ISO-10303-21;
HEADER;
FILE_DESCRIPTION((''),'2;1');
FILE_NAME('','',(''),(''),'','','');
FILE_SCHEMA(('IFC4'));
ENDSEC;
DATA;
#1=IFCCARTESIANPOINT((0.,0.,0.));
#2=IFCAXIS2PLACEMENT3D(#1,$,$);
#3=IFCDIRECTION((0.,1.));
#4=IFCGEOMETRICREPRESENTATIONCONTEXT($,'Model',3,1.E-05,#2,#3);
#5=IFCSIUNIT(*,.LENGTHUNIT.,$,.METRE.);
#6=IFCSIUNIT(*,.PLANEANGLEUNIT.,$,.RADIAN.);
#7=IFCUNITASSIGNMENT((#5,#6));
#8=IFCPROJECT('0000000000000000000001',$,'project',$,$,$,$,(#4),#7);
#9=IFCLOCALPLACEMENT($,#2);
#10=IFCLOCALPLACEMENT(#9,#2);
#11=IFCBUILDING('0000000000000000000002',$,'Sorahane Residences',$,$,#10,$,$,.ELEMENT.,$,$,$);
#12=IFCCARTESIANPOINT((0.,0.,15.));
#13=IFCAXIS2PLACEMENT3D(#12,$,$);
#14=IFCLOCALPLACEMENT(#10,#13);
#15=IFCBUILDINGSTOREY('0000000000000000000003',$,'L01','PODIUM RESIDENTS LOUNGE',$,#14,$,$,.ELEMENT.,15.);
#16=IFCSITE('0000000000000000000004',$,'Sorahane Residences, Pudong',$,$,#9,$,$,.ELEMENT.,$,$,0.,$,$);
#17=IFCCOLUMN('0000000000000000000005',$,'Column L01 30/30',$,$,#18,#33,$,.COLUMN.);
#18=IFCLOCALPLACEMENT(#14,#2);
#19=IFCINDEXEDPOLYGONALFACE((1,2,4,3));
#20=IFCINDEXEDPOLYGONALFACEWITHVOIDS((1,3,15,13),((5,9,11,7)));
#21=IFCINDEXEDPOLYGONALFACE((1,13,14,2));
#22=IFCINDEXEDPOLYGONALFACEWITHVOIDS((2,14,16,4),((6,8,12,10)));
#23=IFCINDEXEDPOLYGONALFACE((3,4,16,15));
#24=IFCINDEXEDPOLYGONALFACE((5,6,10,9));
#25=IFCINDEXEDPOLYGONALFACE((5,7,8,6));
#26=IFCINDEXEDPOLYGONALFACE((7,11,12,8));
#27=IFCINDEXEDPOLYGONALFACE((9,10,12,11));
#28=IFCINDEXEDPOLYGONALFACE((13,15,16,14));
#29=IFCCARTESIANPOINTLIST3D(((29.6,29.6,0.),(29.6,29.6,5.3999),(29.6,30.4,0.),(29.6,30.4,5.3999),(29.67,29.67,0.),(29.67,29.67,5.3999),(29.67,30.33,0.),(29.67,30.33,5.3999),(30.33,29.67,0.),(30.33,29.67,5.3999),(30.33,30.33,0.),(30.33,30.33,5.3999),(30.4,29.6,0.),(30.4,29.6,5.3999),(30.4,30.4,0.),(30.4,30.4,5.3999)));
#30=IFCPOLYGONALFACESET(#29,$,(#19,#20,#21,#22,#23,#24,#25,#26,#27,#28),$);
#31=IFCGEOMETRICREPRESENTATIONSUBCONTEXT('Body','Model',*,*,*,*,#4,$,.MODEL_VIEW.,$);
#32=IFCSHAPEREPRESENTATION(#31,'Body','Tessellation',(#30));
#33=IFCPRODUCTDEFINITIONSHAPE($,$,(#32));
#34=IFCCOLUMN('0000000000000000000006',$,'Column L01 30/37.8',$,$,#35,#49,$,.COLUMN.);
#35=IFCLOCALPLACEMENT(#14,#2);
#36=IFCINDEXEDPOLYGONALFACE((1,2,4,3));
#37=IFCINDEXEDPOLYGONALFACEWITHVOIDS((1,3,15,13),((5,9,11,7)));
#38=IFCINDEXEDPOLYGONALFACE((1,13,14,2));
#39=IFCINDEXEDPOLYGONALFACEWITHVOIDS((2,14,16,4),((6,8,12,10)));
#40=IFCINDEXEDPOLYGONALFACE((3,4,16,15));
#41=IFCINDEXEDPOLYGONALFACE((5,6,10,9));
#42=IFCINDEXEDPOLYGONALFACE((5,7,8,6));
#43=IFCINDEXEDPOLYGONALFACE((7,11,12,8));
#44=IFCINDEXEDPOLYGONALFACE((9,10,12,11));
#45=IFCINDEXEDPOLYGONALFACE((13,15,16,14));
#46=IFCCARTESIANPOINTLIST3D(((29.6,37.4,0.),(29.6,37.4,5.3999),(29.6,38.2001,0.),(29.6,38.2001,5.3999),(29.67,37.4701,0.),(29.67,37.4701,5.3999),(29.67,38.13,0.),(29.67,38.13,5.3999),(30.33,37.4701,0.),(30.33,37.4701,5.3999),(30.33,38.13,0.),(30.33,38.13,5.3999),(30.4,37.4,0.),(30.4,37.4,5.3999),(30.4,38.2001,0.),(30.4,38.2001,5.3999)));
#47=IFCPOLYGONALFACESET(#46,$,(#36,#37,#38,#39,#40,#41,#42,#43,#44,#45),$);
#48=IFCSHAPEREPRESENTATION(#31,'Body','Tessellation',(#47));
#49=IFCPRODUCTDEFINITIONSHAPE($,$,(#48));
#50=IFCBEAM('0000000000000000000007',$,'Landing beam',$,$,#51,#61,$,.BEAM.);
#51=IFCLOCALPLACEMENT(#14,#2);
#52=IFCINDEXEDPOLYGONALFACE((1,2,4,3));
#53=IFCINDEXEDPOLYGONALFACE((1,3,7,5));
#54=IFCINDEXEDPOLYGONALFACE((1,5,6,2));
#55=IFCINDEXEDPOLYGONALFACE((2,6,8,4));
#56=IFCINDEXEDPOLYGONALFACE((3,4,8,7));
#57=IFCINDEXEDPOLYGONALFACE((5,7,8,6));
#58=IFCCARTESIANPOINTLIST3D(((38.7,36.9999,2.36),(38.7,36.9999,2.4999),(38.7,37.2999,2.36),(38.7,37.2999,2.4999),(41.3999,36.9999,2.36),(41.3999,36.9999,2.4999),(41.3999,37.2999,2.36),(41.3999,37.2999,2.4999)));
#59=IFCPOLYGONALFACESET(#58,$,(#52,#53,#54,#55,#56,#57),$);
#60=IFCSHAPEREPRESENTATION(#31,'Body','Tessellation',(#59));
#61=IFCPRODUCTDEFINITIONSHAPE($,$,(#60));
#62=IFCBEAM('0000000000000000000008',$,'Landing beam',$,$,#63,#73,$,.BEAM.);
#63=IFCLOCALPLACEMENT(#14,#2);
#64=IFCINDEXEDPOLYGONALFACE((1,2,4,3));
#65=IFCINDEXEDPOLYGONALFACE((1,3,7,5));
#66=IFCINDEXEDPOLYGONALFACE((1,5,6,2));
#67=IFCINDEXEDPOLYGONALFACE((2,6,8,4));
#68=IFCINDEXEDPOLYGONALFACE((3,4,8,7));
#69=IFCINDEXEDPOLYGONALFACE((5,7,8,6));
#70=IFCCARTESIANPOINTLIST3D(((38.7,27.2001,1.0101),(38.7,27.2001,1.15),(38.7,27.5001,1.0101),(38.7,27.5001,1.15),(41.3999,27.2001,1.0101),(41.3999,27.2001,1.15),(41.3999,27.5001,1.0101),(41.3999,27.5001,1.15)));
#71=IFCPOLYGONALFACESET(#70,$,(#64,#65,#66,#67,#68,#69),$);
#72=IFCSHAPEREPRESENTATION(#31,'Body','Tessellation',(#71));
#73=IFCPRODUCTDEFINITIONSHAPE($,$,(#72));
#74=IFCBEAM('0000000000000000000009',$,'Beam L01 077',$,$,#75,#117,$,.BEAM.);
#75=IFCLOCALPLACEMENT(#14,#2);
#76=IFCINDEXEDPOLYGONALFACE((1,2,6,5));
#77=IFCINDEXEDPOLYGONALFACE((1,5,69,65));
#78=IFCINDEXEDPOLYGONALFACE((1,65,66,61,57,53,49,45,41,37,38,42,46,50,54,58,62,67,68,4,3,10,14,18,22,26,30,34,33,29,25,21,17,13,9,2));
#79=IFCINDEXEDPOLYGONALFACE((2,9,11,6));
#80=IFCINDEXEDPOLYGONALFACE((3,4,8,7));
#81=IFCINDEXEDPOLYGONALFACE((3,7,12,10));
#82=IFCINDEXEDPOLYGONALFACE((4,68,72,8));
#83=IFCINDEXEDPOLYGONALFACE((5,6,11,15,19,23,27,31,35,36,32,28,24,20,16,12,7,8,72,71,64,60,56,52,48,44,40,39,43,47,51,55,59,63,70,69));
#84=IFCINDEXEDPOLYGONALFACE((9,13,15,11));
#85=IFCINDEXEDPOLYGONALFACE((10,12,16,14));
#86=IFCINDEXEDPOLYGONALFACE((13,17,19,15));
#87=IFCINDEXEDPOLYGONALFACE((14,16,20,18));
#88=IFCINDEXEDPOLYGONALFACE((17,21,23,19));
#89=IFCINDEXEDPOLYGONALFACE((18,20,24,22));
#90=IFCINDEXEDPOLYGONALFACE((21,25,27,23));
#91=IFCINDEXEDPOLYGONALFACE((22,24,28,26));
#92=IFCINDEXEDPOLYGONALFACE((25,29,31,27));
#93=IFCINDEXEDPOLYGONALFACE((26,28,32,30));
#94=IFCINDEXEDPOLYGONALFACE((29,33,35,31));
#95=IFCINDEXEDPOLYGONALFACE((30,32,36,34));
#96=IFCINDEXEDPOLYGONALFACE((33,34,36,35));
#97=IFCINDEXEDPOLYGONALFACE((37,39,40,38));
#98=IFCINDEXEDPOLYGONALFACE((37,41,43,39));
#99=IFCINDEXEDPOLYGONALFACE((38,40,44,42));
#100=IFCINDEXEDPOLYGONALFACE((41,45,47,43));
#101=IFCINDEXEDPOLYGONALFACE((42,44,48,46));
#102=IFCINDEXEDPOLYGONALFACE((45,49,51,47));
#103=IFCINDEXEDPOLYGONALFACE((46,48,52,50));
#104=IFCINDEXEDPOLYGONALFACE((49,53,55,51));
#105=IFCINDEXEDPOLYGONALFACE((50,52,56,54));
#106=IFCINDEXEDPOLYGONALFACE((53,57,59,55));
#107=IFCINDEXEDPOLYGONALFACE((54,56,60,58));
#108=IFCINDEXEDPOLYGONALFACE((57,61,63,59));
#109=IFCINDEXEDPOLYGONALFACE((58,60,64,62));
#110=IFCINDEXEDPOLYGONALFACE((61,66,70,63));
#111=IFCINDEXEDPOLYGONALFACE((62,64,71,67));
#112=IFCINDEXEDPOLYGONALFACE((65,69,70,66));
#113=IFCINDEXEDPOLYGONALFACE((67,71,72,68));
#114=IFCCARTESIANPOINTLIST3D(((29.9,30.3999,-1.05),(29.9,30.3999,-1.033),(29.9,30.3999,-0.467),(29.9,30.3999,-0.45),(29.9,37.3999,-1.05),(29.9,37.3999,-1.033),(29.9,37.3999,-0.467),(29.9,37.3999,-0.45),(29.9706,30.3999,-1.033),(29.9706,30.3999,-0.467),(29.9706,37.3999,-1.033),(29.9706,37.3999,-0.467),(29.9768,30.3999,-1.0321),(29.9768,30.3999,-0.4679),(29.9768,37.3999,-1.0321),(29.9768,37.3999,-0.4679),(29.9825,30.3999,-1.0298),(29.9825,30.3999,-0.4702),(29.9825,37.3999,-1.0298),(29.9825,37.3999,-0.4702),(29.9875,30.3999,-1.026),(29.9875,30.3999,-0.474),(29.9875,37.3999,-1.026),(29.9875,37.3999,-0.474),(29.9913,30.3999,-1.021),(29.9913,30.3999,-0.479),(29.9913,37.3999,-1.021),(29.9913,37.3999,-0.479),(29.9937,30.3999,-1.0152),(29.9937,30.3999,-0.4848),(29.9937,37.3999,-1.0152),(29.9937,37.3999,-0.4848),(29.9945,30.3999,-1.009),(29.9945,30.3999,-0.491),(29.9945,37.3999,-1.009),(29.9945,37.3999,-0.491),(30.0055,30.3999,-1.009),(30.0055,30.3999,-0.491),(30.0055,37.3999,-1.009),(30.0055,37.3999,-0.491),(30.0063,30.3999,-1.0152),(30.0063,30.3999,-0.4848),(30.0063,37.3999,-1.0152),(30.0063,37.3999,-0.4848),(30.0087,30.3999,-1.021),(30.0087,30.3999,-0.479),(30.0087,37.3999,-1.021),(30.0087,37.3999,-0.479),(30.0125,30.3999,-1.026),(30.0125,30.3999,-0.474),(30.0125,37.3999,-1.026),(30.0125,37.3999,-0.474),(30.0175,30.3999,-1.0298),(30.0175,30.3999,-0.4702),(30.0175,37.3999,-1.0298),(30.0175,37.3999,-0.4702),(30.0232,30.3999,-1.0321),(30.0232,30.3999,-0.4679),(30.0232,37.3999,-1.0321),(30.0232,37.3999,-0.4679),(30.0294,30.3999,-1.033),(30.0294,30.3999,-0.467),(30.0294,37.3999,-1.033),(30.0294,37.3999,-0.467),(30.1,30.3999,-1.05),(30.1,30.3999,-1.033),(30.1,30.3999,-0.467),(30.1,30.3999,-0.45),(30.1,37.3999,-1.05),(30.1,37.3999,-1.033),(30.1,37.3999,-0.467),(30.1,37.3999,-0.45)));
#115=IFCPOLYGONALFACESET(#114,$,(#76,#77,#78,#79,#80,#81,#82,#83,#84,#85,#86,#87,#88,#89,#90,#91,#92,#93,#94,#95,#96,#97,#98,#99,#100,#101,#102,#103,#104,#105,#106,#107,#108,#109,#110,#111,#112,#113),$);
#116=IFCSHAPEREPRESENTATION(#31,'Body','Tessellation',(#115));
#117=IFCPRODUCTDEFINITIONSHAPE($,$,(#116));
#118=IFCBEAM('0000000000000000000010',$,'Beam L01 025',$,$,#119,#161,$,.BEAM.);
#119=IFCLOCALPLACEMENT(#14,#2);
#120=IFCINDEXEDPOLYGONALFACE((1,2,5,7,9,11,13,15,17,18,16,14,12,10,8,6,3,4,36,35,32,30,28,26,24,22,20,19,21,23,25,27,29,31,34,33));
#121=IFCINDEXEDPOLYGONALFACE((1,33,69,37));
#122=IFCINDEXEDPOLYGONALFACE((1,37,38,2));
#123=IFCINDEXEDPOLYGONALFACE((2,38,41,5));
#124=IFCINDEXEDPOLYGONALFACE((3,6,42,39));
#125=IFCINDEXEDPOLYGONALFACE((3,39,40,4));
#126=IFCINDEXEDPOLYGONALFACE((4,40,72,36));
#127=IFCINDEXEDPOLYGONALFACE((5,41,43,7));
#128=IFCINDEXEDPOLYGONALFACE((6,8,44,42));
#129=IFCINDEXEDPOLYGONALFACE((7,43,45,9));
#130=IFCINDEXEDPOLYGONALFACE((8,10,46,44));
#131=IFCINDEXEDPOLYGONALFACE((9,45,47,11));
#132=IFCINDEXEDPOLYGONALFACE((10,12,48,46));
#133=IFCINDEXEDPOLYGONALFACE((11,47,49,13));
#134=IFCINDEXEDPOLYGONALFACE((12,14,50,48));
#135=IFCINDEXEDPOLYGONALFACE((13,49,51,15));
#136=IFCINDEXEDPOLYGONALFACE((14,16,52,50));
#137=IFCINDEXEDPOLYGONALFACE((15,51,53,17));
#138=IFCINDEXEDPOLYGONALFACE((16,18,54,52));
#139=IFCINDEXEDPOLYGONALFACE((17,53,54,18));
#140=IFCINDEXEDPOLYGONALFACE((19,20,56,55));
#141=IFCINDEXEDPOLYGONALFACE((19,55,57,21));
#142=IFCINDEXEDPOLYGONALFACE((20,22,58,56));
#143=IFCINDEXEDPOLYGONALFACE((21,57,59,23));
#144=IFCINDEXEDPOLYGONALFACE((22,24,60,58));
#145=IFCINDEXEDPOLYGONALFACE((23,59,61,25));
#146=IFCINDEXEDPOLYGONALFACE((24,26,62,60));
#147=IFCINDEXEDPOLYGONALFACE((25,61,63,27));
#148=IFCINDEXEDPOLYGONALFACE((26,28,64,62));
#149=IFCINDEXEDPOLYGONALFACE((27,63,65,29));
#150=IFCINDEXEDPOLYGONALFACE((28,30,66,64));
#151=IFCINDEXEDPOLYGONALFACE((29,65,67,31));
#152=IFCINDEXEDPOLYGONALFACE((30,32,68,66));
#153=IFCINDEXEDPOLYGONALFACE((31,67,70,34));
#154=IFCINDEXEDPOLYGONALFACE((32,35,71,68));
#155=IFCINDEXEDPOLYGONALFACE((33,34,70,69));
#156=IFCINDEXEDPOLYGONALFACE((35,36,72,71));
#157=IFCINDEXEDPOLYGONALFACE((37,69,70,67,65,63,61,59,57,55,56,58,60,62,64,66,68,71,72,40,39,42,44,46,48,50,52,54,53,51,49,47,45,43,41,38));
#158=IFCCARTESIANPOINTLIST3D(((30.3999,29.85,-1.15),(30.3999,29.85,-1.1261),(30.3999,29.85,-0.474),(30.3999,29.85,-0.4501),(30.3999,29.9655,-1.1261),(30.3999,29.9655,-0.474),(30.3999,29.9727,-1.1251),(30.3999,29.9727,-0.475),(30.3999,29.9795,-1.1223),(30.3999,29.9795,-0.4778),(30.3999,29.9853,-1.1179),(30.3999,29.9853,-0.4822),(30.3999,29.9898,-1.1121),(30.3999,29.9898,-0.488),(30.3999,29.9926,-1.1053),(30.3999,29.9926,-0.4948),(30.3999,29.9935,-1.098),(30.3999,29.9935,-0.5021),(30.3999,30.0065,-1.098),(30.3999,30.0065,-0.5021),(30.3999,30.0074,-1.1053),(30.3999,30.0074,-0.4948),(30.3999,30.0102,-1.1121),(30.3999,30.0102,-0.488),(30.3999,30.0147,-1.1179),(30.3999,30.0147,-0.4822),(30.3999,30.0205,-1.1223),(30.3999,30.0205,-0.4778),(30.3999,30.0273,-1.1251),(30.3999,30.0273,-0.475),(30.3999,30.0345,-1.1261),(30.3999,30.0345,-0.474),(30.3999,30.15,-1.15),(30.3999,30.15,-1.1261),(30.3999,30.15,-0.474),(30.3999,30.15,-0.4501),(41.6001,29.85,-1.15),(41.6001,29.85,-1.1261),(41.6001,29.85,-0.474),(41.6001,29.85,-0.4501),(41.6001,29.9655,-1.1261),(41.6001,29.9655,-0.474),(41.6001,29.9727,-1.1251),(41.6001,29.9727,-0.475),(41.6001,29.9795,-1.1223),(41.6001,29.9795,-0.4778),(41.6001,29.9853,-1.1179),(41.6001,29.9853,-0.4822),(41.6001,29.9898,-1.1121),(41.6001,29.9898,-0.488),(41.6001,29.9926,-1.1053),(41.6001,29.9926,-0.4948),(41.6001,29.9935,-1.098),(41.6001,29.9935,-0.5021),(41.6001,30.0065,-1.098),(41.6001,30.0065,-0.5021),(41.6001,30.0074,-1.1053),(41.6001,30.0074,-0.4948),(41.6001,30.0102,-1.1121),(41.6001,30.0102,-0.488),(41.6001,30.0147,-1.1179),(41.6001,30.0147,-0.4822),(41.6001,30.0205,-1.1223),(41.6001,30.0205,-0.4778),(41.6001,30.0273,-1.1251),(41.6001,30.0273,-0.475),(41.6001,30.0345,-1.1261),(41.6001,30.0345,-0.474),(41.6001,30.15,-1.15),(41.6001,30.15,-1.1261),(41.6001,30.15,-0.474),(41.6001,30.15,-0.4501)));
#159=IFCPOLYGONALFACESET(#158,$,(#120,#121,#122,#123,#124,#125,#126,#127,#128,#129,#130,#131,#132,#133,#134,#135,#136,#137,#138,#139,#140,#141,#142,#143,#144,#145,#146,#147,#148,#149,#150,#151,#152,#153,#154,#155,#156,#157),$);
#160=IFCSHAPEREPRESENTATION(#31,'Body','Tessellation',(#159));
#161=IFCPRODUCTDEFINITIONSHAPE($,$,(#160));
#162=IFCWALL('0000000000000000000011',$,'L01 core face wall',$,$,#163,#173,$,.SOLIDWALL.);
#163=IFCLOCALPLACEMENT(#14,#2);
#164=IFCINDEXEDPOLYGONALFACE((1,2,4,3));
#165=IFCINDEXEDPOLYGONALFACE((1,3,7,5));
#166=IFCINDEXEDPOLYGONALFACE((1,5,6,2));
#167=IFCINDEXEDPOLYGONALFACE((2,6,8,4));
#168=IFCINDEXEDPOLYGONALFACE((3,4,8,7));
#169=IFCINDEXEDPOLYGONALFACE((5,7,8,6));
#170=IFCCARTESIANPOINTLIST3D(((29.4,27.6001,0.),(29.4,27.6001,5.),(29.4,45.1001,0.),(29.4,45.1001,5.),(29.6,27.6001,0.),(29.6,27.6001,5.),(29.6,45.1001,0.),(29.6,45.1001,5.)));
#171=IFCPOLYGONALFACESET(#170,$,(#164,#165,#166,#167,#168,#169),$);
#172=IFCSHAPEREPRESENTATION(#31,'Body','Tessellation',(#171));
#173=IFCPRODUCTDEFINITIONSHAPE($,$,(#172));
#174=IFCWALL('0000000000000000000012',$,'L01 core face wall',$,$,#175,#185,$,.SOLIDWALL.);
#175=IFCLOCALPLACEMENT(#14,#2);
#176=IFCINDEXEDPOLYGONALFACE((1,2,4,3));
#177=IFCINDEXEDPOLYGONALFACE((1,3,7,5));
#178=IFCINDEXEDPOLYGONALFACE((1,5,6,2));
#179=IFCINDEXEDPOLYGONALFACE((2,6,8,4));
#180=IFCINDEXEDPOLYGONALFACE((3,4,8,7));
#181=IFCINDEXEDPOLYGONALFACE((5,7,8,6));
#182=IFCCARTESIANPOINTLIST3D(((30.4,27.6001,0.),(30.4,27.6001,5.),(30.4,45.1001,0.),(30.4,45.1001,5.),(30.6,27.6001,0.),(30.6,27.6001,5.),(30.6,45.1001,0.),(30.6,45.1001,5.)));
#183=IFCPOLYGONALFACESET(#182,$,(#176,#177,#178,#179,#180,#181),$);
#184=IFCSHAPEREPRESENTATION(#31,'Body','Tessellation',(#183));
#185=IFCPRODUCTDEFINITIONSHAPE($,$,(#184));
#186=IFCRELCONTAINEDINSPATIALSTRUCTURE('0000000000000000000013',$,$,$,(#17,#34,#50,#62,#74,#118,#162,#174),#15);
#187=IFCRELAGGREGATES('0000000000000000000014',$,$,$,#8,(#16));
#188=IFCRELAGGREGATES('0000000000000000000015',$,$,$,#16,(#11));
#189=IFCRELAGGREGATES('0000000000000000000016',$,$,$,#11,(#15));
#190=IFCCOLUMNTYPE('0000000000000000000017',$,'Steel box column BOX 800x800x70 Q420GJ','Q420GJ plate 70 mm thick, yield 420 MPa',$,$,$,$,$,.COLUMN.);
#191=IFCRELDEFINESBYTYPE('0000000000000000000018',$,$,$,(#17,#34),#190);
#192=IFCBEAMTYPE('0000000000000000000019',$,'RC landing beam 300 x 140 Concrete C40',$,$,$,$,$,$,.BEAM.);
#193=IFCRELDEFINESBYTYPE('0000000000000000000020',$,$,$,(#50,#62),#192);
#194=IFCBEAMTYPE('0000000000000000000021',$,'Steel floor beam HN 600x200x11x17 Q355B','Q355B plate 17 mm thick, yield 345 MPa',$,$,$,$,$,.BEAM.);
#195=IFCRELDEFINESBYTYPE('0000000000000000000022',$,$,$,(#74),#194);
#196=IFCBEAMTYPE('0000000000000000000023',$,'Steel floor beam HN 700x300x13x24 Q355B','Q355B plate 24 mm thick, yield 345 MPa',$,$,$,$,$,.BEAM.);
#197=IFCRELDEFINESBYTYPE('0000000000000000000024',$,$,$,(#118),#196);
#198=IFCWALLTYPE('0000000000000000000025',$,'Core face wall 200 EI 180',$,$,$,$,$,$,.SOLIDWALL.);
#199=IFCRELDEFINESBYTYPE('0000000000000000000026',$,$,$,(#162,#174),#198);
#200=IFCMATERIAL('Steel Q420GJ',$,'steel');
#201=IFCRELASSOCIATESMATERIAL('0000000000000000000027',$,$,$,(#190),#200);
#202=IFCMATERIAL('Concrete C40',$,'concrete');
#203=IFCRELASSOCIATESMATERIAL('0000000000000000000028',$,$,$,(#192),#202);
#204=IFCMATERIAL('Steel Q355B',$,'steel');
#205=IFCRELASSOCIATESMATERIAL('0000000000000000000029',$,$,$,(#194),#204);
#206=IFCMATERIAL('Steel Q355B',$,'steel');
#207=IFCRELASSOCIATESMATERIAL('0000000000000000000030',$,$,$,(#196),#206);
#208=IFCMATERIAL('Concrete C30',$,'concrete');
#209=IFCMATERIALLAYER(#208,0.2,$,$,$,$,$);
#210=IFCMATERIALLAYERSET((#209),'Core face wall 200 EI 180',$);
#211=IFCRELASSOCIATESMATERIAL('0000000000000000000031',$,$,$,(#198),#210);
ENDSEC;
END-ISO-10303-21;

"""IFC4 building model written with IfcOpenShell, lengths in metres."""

from ifc_helpers import new_model, si_unit, direction, frame, frame_2d, origin, origin_2d, place, context, subcontext, project, spatial, rectangle, hollow_rectangle, i_section, extrude, material, layer, layer_set, material_profile, profile_set, type_object, element, save


model = new_model("IFC4")

# Units and contexts
model_context = context("Model", 3, precision=1e-05, world=origin(), true_north=direction((0.0, 1.0)))
body_context = subcontext(model_context, "Body", "Model", "MODEL_VIEW")
ifc_project = project(units=[si_unit("LENGTHUNIT", "METRE"), si_unit("PLANEANGLEUNIT", "RADIAN")], contexts=[model_context])

# Site, building, storey
site_placement = place(None, origin())
site = spatial("IfcSite", under=ifc_project, at=site_placement, Name="Sorahane Residences, Pudong", CompositionType="ELEMENT", RefElevation=0.0)
building_placement = place(site_placement, origin())
building = spatial("IfcBuilding", under=site, at=building_placement, Name="Sorahane Residences", CompositionType="ELEMENT")
storey_placement = place(building_placement, frame((0.0, 0.0, 15.0)))
storey = spatial("IfcBuildingStorey", under=building, at=storey_placement, Name="L01", Description="PODIUM RESIDENTS LOUNGE", CompositionType="ELEMENT", Elevation=15.0)

# Columns
ifc_material_1 = material(Name="Steel Q420GJ", Category="steel")
ifc_material_profile_1 = material_profile(ifc_material_1, hollow_rectangle(XDim=0.8, YDim=0.8, WallThickness=0.0701, at=origin_2d()), Name="BOX 800x800x70")
ifc_profile_set_1 = profile_set([ifc_material_profile_1], Name="Steel Q420GJ")
column_type = type_object("IfcColumnType", Name="Steel box column BOX 800x800x70 Q420GJ", Description="Q420GJ plate 70 mm thick, yield 420 MPa", PredefinedType="COLUMN", material=ifc_profile_set_1)
for number, where, z_axis, x_axis, name in (
    (1, (30.0, 30.0, 0.0), (0.0, 0.0, 1.0), (1.0, 0.0, 0.0), "Column L01 30/30"),
    (2, (30.0, 37.8, 0.0), (0.0, 0.0, 1.0), (1.0, 0.0, 0.0), "Column L01 30/37.8"),
):
    element("IfcColumn", number, at=place(storey_placement, frame(where, z_axis=z_axis, x_axis=x_axis)), inside=storey, type_object=column_type, Name=name, PredefinedType="COLUMN", context=body_context, shape_type="SweptSolid", body=[
        extrude(hollow_rectangle(XDim=0.8, YDim=0.8, WallThickness=0.0701, at=origin_2d()), origin(), (0.0, 0.0, 1.0), 5.3999),
    ])

# Beams
ifc_material_2 = material(Name="Concrete C40", Category="concrete")
ifc_material_profile_2 = material_profile(ifc_material_2, rectangle(XDim=0.3, YDim=0.1399, at=origin_2d()), Name="300x140")
ifc_profile_set_2 = profile_set([ifc_material_profile_2], Name="Concrete C40")
beam_type_1 = type_object("IfcBeamType", Name="RC landing beam 300 x 140 Concrete C40", PredefinedType="BEAM", material=ifc_profile_set_2)
for number, where, z_axis, x_axis, name in (
    (3, (38.7, 37.1499, 2.4299), (1.0, 0.0, 0.0), (0.0, 1.0, 0.0), "Landing beam"),
    (4, (38.7, 27.3501, 1.0801), (1.0, 0.0, 0.0), (0.0, 1.0, 0.0), "Landing beam"),
):
    element("IfcBeam", number, at=place(storey_placement, frame(where, z_axis=z_axis, x_axis=x_axis)), inside=storey, type_object=beam_type_1, Name=name, PredefinedType="BEAM", context=body_context, shape_type="SweptSolid", body=[
        extrude(rectangle(XDim=0.3, YDim=0.1399, at=origin_2d()), origin(), (0.0, 0.0, 1.0), 2.7),
    ])
ifc_material_3 = material(Name="Steel Q355B", Category="steel")
ifc_material_profile_3 = material_profile(ifc_material_3, i_section(OverallWidth=0.2, OverallDepth=0.6001, WebThickness=0.011, FlangeThickness=0.0171, FilletRadius=0.0239, at=origin_2d()), Name="HN 600x200x11x17")
ifc_profile_set_3 = profile_set([ifc_material_profile_3], Name="Steel Q355B")
beam_type_2 = type_object("IfcBeamType", Name="Steel floor beam HN 600x200x11x17 Q355B", Description="Q355B plate 17 mm thick, yield 345 MPa", PredefinedType="BEAM", material=ifc_profile_set_3)
beam_1_placement = place(storey_placement, frame((30.0, 30.3999, -0.75), z_axis=(0.0, 1.0, 0.0), x_axis=(-1.0, 0.0, 0.0)))
element("IfcBeam", 5, at=beam_1_placement, inside=storey, type_object=beam_type_2, Name="Beam L01 077", PredefinedType="BEAM", context=body_context, shape_type="SweptSolid", body=[
    extrude(i_section(OverallWidth=0.2, OverallDepth=0.6001, WebThickness=0.011, FlangeThickness=0.0171, FilletRadius=0.0239, at=origin_2d()), origin(), (0.0, 0.0, 1.0), 7.0),
])
ifc_material_4 = material(Name="Steel Q355B", Category="steel")
ifc_material_profile_4 = material_profile(ifc_material_4, i_section(OverallWidth=0.3, OverallDepth=0.7, WebThickness=0.0129, FlangeThickness=0.0239, FilletRadius=0.0281, at=origin_2d()), Name="HN 700x300x13x24")
ifc_profile_set_4 = profile_set([ifc_material_profile_4], Name="Steel Q355B")
beam_type_3 = type_object("IfcBeamType", Name="Steel floor beam HN 700x300x13x24 Q355B", Description="Q355B plate 24 mm thick, yield 345 MPa", PredefinedType="BEAM", material=ifc_profile_set_4)
beam_2_placement = place(storey_placement, frame((30.3999, 30.0, -0.8), z_axis=(1.0, 0.0, 0.0), x_axis=(0.0, 1.0, 0.0)))
element("IfcBeam", 6, at=beam_2_placement, inside=storey, type_object=beam_type_3, Name="Beam L01 025", PredefinedType="BEAM", context=body_context, shape_type="SweptSolid", body=[
    extrude(i_section(OverallWidth=0.3, OverallDepth=0.7, WebThickness=0.0129, FlangeThickness=0.0239, FilletRadius=0.0281, at=origin_2d()), origin(), (0.0, 0.0, 1.0), 11.2002),
])

# Walls
ifc_material_5 = material(Name="Concrete C30", Category="concrete")
ifc_layer_1 = layer(ifc_material_5, 0.2)
ifc_layer_set_1 = layer_set([ifc_layer_1], Name="Core face wall 200 EI 180")
wall_type_1 = type_object("IfcWallType", Name="Core face wall 200 EI 180", PredefinedType="SOLIDWALL", material=ifc_layer_set_1)
for number, where, z_axis, x_axis, name in (
    (7, (29.5, 27.6001, 0.0), (0.0, 0.0, 1.0), (0.0, 1.0, 0.0), "L01 core face wall"),
    (8, (30.5, 27.6001, 0.0), (0.0, 0.0, 1.0), (0.0, 1.0, 0.0), "L01 core face wall"),
):
    element("IfcWall", number, at=place(storey_placement, frame(where, z_axis=z_axis, x_axis=x_axis)), inside=storey, type_object=wall_type_1, Name=name, PredefinedType="SOLIDWALL", context=body_context, shape_type="SweptSolid", body=[
        extrude(rectangle(XDim=17.5, YDim=0.2, at=frame_2d((8.75, 0.0))), origin(), (0.0, 0.0, 1.0), 5.0),
    ])

save(model, "model.ifc")
